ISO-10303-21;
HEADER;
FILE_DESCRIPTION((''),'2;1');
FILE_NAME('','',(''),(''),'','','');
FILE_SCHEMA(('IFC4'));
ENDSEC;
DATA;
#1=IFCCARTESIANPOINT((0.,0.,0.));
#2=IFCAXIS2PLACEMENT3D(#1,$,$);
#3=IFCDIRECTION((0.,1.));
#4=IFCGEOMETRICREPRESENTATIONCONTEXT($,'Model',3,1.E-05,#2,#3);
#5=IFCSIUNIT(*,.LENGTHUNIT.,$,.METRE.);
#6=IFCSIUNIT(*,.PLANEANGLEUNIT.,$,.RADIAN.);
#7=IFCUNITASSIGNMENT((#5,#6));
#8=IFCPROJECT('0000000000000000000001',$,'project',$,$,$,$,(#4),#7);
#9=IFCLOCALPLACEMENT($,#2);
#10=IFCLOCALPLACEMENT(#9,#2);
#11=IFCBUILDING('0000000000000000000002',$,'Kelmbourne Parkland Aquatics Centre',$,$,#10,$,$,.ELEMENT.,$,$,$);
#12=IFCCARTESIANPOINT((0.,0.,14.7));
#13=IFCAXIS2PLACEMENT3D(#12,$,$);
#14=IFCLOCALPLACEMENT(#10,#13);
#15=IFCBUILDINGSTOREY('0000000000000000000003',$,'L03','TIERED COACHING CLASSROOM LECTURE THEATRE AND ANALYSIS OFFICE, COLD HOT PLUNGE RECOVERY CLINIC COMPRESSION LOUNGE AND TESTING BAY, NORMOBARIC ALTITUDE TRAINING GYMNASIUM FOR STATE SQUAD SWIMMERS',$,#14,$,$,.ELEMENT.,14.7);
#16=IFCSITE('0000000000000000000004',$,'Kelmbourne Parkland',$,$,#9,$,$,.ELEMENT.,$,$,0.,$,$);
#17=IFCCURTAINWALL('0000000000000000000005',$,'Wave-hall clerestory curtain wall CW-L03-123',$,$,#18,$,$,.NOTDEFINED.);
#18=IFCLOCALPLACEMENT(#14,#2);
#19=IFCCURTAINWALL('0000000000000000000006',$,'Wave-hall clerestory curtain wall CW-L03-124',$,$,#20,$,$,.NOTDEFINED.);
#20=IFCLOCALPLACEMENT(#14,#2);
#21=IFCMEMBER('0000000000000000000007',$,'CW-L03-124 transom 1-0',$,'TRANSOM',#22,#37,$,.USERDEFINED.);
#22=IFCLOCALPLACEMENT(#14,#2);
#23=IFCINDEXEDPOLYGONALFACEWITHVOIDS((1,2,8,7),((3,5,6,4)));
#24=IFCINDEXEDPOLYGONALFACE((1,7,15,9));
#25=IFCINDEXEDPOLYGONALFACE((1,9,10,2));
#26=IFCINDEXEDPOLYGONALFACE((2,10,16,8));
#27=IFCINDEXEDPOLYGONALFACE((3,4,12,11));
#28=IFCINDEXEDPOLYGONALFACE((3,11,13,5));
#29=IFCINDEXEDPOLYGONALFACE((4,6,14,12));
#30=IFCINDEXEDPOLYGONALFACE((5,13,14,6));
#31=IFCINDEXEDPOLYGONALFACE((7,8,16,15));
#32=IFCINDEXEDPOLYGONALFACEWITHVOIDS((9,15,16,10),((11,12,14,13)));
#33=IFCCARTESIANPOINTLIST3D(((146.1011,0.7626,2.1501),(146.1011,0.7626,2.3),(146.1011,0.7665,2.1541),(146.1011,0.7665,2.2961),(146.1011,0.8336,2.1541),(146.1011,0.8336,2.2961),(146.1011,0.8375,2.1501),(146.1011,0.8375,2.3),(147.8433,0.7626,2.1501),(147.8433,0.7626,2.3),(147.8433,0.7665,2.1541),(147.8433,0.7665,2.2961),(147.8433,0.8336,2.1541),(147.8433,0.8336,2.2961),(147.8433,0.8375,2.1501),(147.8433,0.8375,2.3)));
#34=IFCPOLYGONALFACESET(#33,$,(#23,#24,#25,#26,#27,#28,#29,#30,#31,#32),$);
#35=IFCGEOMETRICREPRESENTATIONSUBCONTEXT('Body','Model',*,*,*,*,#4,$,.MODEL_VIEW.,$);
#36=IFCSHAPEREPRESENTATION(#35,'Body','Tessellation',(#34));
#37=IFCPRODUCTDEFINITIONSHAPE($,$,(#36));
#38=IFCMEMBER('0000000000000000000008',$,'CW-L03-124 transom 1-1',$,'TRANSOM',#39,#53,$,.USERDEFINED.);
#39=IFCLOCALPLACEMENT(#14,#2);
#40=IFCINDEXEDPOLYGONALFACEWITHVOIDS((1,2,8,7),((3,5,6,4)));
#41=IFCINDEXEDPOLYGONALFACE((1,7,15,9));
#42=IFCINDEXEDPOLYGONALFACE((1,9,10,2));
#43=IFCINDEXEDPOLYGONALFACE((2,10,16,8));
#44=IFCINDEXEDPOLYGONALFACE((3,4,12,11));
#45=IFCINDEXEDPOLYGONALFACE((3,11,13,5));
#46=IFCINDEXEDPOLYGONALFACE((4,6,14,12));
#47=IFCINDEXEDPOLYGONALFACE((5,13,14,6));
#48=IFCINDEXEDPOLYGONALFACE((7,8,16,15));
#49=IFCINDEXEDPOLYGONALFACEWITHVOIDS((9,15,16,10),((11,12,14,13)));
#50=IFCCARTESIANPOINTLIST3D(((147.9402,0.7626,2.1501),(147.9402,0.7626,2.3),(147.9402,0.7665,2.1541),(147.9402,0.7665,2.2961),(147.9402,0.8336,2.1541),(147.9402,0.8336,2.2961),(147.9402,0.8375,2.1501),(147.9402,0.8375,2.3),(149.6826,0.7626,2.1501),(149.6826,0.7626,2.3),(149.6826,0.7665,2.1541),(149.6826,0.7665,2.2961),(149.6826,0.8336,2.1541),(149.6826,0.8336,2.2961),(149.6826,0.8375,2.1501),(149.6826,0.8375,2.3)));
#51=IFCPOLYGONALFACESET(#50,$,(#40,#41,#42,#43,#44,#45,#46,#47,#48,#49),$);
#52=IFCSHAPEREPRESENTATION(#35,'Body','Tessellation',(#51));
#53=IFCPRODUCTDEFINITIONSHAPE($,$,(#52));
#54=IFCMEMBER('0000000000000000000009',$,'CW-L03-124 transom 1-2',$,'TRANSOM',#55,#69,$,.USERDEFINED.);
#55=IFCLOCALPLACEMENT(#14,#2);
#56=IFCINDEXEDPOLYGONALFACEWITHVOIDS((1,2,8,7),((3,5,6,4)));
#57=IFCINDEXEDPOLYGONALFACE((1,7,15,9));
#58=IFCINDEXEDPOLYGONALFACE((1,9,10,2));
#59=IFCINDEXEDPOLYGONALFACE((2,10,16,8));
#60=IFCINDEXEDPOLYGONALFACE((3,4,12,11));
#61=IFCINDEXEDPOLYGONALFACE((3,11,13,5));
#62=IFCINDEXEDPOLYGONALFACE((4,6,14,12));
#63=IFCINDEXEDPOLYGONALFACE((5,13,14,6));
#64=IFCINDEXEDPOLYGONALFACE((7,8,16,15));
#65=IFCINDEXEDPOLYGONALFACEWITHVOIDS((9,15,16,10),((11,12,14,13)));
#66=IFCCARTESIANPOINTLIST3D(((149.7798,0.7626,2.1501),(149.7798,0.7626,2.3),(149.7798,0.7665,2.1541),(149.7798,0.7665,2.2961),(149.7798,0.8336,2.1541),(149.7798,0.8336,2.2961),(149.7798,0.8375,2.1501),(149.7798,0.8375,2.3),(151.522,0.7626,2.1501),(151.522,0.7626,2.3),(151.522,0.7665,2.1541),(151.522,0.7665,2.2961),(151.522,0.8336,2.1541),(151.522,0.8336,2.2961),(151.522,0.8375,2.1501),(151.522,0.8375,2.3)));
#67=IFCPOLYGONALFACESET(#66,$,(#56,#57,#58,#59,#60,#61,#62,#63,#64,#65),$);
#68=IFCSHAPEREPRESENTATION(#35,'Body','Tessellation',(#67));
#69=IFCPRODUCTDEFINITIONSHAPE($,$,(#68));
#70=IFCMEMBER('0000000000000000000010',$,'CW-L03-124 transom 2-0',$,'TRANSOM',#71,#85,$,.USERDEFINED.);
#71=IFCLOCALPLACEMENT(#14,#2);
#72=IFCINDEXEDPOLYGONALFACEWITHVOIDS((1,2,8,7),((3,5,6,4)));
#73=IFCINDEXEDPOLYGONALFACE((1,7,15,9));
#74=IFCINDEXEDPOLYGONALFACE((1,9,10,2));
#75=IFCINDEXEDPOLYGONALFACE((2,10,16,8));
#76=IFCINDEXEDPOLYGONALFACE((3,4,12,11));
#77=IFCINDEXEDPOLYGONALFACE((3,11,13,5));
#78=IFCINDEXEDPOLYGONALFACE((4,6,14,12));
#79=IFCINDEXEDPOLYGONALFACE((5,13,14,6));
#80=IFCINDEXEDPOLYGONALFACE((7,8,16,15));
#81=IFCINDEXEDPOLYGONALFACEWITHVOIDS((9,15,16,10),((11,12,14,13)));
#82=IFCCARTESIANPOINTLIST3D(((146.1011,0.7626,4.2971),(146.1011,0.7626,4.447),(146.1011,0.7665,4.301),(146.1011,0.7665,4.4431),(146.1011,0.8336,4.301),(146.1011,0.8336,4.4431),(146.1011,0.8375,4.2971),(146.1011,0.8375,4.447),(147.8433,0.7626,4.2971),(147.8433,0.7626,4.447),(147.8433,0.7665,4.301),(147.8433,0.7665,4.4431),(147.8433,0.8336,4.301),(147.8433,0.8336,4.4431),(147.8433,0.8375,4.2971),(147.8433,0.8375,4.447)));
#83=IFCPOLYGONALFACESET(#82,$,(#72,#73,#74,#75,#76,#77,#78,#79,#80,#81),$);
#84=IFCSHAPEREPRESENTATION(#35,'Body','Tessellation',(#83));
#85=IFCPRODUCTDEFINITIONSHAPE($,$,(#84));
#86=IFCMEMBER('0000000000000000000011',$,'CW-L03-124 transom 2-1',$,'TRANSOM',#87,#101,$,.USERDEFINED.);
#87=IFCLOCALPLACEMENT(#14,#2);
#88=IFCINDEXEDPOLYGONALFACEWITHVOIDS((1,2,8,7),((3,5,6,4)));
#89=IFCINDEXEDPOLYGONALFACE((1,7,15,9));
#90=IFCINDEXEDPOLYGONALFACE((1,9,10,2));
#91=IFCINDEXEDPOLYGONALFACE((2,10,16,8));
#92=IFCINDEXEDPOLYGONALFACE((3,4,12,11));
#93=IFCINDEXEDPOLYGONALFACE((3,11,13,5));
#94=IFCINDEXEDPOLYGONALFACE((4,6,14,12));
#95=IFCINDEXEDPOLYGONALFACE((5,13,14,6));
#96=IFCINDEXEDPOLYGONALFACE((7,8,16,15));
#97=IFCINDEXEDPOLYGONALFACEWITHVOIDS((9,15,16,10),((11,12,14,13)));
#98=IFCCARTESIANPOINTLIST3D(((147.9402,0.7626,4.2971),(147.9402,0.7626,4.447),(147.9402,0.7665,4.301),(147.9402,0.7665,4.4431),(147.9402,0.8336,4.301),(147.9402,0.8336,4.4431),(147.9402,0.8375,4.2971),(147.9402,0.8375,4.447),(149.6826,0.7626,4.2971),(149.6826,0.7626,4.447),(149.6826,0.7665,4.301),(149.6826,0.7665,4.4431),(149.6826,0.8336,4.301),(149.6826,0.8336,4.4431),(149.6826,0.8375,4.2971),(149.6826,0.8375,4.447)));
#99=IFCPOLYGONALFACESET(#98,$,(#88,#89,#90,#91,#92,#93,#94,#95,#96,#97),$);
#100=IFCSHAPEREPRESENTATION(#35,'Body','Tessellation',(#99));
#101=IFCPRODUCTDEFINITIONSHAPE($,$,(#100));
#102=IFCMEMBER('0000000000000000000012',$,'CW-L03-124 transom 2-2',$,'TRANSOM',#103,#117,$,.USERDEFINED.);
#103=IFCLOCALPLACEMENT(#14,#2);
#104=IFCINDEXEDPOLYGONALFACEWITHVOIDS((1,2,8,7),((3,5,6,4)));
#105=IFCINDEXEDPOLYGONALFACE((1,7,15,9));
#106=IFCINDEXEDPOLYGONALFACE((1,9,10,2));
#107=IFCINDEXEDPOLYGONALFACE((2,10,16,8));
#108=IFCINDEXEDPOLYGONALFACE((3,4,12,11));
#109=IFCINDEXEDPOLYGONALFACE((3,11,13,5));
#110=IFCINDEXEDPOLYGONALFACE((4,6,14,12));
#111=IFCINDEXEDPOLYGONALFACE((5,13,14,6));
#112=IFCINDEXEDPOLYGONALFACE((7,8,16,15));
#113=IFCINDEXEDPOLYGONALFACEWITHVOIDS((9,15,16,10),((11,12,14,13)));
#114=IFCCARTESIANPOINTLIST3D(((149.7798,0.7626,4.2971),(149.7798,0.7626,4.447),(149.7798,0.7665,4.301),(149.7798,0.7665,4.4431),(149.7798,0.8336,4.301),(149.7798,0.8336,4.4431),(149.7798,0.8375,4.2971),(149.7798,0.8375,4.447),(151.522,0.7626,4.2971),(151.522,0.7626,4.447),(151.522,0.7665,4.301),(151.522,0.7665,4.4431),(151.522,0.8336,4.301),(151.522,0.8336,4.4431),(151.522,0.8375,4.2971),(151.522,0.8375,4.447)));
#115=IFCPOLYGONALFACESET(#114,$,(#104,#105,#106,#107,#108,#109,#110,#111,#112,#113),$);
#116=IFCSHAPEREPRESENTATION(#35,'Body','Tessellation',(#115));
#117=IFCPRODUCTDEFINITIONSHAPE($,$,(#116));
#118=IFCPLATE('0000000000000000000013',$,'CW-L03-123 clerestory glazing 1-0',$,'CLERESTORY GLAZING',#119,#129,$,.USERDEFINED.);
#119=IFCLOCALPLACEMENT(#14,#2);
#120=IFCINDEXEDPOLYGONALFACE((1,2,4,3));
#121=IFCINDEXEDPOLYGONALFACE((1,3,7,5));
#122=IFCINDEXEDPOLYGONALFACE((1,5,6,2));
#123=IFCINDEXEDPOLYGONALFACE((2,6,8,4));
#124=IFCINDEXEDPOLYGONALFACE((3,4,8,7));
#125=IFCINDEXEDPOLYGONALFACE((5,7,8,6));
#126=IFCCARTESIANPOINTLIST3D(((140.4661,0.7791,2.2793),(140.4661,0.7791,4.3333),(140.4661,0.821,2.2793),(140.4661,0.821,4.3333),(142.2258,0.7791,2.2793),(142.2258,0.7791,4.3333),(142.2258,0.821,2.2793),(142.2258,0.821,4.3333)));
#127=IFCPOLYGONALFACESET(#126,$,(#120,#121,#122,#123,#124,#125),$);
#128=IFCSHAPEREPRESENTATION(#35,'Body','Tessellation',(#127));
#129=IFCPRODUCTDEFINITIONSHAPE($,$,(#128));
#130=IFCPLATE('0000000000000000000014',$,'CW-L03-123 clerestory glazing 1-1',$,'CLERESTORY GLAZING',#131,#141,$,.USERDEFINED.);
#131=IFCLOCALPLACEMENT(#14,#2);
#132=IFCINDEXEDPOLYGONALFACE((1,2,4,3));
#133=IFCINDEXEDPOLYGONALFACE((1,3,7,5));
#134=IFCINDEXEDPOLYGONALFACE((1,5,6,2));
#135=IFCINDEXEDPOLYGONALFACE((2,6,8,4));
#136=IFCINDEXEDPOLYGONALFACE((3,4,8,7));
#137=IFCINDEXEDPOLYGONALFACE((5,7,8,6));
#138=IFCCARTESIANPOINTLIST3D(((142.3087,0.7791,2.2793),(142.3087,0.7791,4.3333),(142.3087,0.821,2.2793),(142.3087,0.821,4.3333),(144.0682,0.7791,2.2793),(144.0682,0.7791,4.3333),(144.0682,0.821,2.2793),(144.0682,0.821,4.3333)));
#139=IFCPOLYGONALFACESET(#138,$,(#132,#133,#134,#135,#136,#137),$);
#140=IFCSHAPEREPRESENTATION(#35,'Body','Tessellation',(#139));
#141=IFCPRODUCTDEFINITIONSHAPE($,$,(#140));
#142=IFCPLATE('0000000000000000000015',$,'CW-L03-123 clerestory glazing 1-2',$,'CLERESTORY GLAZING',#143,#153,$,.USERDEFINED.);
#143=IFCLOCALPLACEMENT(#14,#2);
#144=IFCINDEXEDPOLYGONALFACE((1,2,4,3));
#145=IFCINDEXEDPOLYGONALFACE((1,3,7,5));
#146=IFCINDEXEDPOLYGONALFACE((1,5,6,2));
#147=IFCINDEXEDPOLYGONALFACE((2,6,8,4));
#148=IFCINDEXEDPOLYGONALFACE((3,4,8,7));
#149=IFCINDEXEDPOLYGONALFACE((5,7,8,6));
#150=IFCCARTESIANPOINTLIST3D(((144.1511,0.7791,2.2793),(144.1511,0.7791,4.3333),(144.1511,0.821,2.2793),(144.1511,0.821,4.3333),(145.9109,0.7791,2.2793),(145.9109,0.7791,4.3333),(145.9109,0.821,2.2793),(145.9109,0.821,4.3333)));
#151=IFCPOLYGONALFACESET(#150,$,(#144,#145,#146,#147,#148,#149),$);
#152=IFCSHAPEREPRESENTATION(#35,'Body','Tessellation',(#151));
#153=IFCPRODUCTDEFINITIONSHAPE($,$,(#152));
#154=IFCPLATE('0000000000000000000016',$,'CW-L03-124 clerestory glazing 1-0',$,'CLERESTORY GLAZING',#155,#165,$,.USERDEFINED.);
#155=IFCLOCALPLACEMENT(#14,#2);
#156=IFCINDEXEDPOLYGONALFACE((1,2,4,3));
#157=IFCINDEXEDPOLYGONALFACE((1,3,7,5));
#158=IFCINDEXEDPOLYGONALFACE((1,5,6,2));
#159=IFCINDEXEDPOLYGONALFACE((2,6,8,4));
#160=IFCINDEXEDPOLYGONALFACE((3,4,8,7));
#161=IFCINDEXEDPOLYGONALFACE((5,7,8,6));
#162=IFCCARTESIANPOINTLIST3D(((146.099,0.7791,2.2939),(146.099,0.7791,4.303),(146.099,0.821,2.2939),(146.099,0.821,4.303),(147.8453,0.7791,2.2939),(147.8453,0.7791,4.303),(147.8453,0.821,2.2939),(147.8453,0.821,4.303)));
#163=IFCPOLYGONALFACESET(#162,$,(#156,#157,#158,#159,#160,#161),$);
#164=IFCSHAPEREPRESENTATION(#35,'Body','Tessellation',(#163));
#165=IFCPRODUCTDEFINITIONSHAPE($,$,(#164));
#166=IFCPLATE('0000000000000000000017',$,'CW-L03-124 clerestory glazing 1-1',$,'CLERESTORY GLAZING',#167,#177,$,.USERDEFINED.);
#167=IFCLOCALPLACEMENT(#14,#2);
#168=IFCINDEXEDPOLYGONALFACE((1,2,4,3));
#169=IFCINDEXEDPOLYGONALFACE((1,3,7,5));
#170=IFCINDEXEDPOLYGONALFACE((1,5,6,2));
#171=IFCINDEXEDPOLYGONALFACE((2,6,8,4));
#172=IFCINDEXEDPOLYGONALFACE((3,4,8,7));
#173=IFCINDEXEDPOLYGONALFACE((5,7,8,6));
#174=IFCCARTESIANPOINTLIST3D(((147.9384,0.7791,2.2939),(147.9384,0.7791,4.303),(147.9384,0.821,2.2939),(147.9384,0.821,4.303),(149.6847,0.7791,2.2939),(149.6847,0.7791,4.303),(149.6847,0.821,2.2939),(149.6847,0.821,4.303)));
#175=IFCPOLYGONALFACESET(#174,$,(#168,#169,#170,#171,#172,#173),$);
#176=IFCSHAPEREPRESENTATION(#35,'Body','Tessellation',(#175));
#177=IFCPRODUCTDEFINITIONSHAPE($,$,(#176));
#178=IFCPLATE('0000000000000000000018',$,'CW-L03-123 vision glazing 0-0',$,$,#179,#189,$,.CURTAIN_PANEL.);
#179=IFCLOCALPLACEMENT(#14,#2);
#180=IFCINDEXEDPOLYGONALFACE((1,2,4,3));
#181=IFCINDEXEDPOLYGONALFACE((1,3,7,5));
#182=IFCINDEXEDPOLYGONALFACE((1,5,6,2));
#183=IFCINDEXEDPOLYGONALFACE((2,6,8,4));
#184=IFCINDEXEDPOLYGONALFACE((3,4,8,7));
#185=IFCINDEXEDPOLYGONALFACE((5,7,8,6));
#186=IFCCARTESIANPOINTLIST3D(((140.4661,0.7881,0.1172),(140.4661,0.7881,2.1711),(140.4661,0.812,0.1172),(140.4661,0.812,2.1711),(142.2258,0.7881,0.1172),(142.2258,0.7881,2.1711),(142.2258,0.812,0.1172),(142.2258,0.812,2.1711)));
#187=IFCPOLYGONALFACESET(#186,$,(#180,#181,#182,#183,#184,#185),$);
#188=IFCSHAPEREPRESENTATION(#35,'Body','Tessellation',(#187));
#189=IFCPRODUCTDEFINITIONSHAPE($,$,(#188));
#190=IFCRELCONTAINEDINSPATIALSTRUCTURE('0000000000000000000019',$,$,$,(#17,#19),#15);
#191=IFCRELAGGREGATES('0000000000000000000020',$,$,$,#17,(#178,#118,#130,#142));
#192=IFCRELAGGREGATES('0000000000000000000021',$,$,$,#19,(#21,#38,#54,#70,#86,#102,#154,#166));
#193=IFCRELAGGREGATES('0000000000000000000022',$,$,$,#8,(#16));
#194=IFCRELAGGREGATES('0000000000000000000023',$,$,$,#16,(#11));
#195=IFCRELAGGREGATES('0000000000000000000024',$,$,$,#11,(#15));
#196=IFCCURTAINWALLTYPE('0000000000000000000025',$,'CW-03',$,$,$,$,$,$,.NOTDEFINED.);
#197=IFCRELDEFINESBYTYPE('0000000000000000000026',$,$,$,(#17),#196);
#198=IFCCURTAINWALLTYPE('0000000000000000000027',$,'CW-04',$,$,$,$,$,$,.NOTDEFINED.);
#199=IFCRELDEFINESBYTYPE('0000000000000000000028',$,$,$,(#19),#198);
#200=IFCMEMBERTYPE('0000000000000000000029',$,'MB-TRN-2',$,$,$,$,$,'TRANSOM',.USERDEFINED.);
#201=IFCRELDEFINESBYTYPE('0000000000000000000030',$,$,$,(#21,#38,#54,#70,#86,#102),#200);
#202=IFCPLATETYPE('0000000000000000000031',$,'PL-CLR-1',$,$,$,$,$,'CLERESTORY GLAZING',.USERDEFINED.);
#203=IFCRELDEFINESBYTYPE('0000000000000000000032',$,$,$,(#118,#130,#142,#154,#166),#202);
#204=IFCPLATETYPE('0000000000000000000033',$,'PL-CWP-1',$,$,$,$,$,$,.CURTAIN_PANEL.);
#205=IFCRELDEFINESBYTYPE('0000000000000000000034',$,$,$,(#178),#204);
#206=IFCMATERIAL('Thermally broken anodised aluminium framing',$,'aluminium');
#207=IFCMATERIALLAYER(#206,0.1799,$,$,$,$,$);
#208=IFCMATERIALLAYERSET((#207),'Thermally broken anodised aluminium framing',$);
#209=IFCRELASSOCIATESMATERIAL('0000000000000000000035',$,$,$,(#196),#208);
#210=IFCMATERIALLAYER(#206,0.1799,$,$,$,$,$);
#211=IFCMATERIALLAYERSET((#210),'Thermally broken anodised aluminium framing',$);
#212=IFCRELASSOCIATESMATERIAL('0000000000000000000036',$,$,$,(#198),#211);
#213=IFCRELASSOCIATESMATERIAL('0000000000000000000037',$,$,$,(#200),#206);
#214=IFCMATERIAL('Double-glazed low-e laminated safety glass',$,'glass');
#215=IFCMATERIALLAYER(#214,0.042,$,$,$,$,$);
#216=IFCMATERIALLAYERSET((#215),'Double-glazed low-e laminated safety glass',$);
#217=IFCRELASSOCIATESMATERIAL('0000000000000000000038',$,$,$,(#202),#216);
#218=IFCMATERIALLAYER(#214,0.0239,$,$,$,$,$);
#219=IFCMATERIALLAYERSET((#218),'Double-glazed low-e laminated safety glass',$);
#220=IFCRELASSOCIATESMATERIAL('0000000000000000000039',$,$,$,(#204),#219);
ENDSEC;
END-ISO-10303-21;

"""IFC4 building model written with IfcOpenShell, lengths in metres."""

from ifc_helpers import new_model, si_unit, direction, frame, origin, origin_2d, place, context, subcontext, project, spatial, rectangle, hollow_rectangle, extrude, material, layer, layer_set, material_profile, profile_set, type_object, element, aggregate, save


model = new_model("IFC4")

# Units and contexts
model_context = context("Model", 3, precision=1e-05, world=origin(), true_north=direction((0.0, 1.0)))
body_context = subcontext(model_context, "Body", "Model", "MODEL_VIEW")
ifc_project = project(units=[si_unit("LENGTHUNIT", "METRE"), si_unit("PLANEANGLEUNIT", "RADIAN")], contexts=[model_context])

# Site, building, storey
site_placement = place(None, origin())
site = spatial("IfcSite", under=ifc_project, at=site_placement, Name="Kelmbourne Parkland", CompositionType="ELEMENT", RefElevation=0.0)
building_placement = place(site_placement, origin())
building = spatial("IfcBuilding", under=site, at=building_placement, Name="Kelmbourne Parkland Aquatics Centre", CompositionType="ELEMENT")
storey_placement = place(building_placement, frame((0.0, 0.0, 14.7)))
storey = spatial("IfcBuildingStorey", under=building, at=storey_placement, Name="L03", Description="TIERED COACHING CLASSROOM LECTURE THEATRE AND ANALYSIS OFFICE, COLD HOT PLUNGE RECOVERY CLINIC COMPRESSION LOUNGE AND TESTING BAY, NORMOBARIC ALTITUDE TRAINING GYMNASIUM FOR STATE SQUAD SWIMMERS", CompositionType="ELEMENT", Elevation=14.7)

# Shared definitions
ifc_material_1 = material(Name="Thermally broken anodised aluminium framing", Category="aluminium")

# Curtain walls
ifc_layer_1 = layer(ifc_material_1, 0.1799)
ifc_layer_set_1 = layer_set([ifc_layer_1], Name="Thermally broken anodised aluminium framing")
curtain_wall_type_1 = type_object("IfcCurtainWallType", Name="CW-03", PredefinedType="NOTDEFINED", material=ifc_layer_set_1)
curtain_wall_1_placement = place(storey_placement, origin())
curtain_wall_1 = element("IfcCurtainWall", 1, at=curtain_wall_1_placement, inside=storey, type_object=curtain_wall_type_1, Name="Wave-hall clerestory curtain wall CW-L03-123", PredefinedType="NOTDEFINED")
ifc_layer_2 = layer(ifc_material_1, 0.1799)
ifc_layer_set_2 = layer_set([ifc_layer_2], Name="Thermally broken anodised aluminium framing")
curtain_wall_type_2 = type_object("IfcCurtainWallType", Name="CW-04", PredefinedType="NOTDEFINED", material=ifc_layer_set_2)
curtain_wall_2_placement = place(storey_placement, origin())
curtain_wall_2 = element("IfcCurtainWall", 2, at=curtain_wall_2_placement, inside=storey, type_object=curtain_wall_type_2, Name="Wave-hall clerestory curtain wall CW-L03-124", PredefinedType="NOTDEFINED")

# Members
ifc_material_profile_1 = material_profile(ifc_material_1, hollow_rectangle(XDim=0.075, YDim=0.1499, WallThickness=0.0039, at=origin_2d()), Name="CW-T 75x150")
ifc_profile_set_1 = profile_set([ifc_material_profile_1], Name="Thermally broken anodised aluminium framing")
member_type_1 = type_object("IfcMemberType", Name="MB-TRN-2", ElementType="TRANSOM", PredefinedType="USERDEFINED", material=ifc_profile_set_1)
member_1_placement = place(storey_placement, frame((146.1011, 0.8, 2.2251), z_axis=(1.0, 0.0, 0.0), x_axis=(0.0, 1.0, 0.0)))
member_1 = element("IfcMember", 3, at=member_1_placement, type_object=member_type_1, Name="CW-L03-124 transom 1-0", ObjectType="TRANSOM", PredefinedType="USERDEFINED", context=body_context, shape_type="SweptSolid", body=[
    extrude(hollow_rectangle(XDim=0.075, YDim=0.1499, WallThickness=0.0039, at=origin_2d()), origin(), (0.0, 0.0, 1.0), 1.7422),
])
member_2_placement = place(storey_placement, frame((147.9402, 0.8, 2.2251), z_axis=(1.0, 0.0, 0.0), x_axis=(0.0, 1.0, 0.0)))
member_2 = element("IfcMember", 4, at=member_2_placement, type_object=member_type_1, Name="CW-L03-124 transom 1-1", ObjectType="TRANSOM", PredefinedType="USERDEFINED", context=body_context, shape_type="SweptSolid", body=[
    extrude(hollow_rectangle(XDim=0.075, YDim=0.1499, WallThickness=0.0039, at=origin_2d()), origin(), (0.0, 0.0, 1.0), 1.7424),
])
member_3_placement = place(storey_placement, frame((149.7798, 0.8, 2.2251), z_axis=(1.0, 0.0, 0.0), x_axis=(0.0, 1.0, 0.0)))
member_3 = element("IfcMember", 5, at=member_3_placement, type_object=member_type_1, Name="CW-L03-124 transom 1-2", ObjectType="TRANSOM", PredefinedType="USERDEFINED", context=body_context, shape_type="SweptSolid", body=[
    extrude(hollow_rectangle(XDim=0.075, YDim=0.1499, WallThickness=0.0039, at=origin_2d()), origin(), (0.0, 0.0, 1.0), 1.7422),
])
member_4_placement = place(storey_placement, frame((146.1011, 0.8, 4.3721), z_axis=(1.0, 0.0, 0.0), x_axis=(0.0, 1.0, 0.0)))
member_4 = element("IfcMember", 6, at=member_4_placement, type_object=member_type_1, Name="CW-L03-124 transom 2-0", ObjectType="TRANSOM", PredefinedType="USERDEFINED", context=body_context, shape_type="SweptSolid", body=[
    extrude(hollow_rectangle(XDim=0.075, YDim=0.1499, WallThickness=0.0039, at=origin_2d()), origin(), (0.0, 0.0, 1.0), 1.7422),
])
member_5_placement = place(storey_placement, frame((147.9402, 0.8, 4.3721), z_axis=(1.0, 0.0, 0.0), x_axis=(0.0, 1.0, 0.0)))
member_5 = element("IfcMember", 7, at=member_5_placement, type_object=member_type_1, Name="CW-L03-124 transom 2-1", ObjectType="TRANSOM", PredefinedType="USERDEFINED", context=body_context, shape_type="SweptSolid", body=[
    extrude(hollow_rectangle(XDim=0.075, YDim=0.1499, WallThickness=0.0039, at=origin_2d()), origin(), (0.0, 0.0, 1.0), 1.7424),
])
member_6_placement = place(storey_placement, frame((149.7798, 0.8, 4.3721), z_axis=(1.0, 0.0, 0.0), x_axis=(0.0, 1.0, 0.0)))
member_6 = element("IfcMember", 8, at=member_6_placement, type_object=member_type_1, Name="CW-L03-124 transom 2-2", ObjectType="TRANSOM", PredefinedType="USERDEFINED", context=body_context, shape_type="SweptSolid", body=[
    extrude(hollow_rectangle(XDim=0.075, YDim=0.1499, WallThickness=0.0039, at=origin_2d()), origin(), (0.0, 0.0, 1.0), 1.7422),
])

# Plates
ifc_material_2 = material(Name="Double-glazed low-e laminated safety glass", Category="glass")
ifc_layer_3 = layer(ifc_material_2, 0.042)
ifc_layer_set_3 = layer_set([ifc_layer_3], Name="Double-glazed low-e laminated safety glass")
plate_type_1 = type_object("IfcPlateType", Name="PL-CLR-1", ElementType="CLERESTORY GLAZING", PredefinedType="USERDEFINED", material=ifc_layer_set_3)
plate_1_placement = place(storey_placement, frame((141.3459, 0.8, 2.2793), z_axis=(0.0, 0.0, 1.0), x_axis=(1.0, 0.0, 0.0)))
plate_1 = element("IfcPlate", 9, at=plate_1_placement, type_object=plate_type_1, Name="CW-L03-123 clerestory glazing 1-0", ObjectType="CLERESTORY GLAZING", PredefinedType="USERDEFINED", context=body_context, shape_type="SweptSolid", body=[
    extrude(rectangle(XDim=1.7598, YDim=0.042, at=origin_2d()), origin(), (0.0, 0.0, 1.0), 2.054),
])
plate_2_placement = place(storey_placement, frame((143.1885, 0.8, 2.2793), z_axis=(0.0, 0.0, 1.0), x_axis=(1.0, 0.0, 0.0)))
plate_2 = element("IfcPlate", 10, at=plate_2_placement, type_object=plate_type_1, Name="CW-L03-123 clerestory glazing 1-1", ObjectType="CLERESTORY GLAZING", PredefinedType="USERDEFINED", context=body_context, shape_type="SweptSolid", body=[
    extrude(rectangle(XDim=1.7595, YDim=0.042, at=origin_2d()), origin(), (0.0, 0.0, 1.0), 2.054),
])
plate_3_placement = place(storey_placement, frame((145.031, 0.8, 2.2793), z_axis=(0.0, 0.0, 1.0), x_axis=(1.0, 0.0, 0.0)))
plate_3 = element("IfcPlate", 11, at=plate_3_placement, type_object=plate_type_1, Name="CW-L03-123 clerestory glazing 1-2", ObjectType="CLERESTORY GLAZING", PredefinedType="USERDEFINED", context=body_context, shape_type="SweptSolid", body=[
    extrude(rectangle(XDim=1.7598, YDim=0.042, at=origin_2d()), origin(), (0.0, 0.0, 1.0), 2.054),
])
plate_4_placement = place(storey_placement, frame((146.9722, 0.8, 2.2939), z_axis=(0.0, 0.0, 1.0), x_axis=(1.0, 0.0, 0.0)))
plate_4 = element("IfcPlate", 12, at=plate_4_placement, type_object=plate_type_1, Name="CW-L03-124 clerestory glazing 1-0", ObjectType="CLERESTORY GLAZING", PredefinedType="USERDEFINED", context=body_context, shape_type="SweptSolid", body=[
    extrude(rectangle(XDim=1.7463, YDim=0.042, at=origin_2d()), origin(), (0.0, 0.0, 1.0), 2.009),
])
plate_5_placement = place(storey_placement, frame((148.8115, 0.8, 2.2939), z_axis=(0.0, 0.0, 1.0), x_axis=(1.0, 0.0, 0.0)))
plate_5 = element("IfcPlate", 13, at=plate_5_placement, type_object=plate_type_1, Name="CW-L03-124 clerestory glazing 1-1", ObjectType="CLERESTORY GLAZING", PredefinedType="USERDEFINED", context=body_context, shape_type="SweptSolid", body=[
    extrude(rectangle(XDim=1.7463, YDim=0.042, at=origin_2d()), origin(), (0.0, 0.0, 1.0), 2.009),
])
ifc_layer_4 = layer(ifc_material_2, 0.0239)
ifc_layer_set_4 = layer_set([ifc_layer_4], Name="Double-glazed low-e laminated safety glass")
plate_type_2 = type_object("IfcPlateType", Name="PL-CWP-1", PredefinedType="CURTAIN_PANEL", material=ifc_layer_set_4)
plate_6_placement = place(storey_placement, frame((141.3459, 0.8, 0.1172), z_axis=(0.0, 0.0, 1.0), x_axis=(1.0, 0.0, 0.0)))
plate_6 = element("IfcPlate", 14, at=plate_6_placement, type_object=plate_type_2, Name="CW-L03-123 vision glazing 0-0", PredefinedType="CURTAIN_PANEL", context=body_context, shape_type="SweptSolid", body=[
    extrude(rectangle(XDim=1.7598, YDim=0.0239, at=origin_2d()), origin(), (0.0, 0.0, 1.0), 2.054),
])
aggregate(curtain_wall_1, [plate_6, plate_1, plate_2, plate_3])
aggregate(curtain_wall_2, [member_1, member_2, member_3, member_4, member_5, member_6, plate_4, plate_5])

save(model, "model.ifc")
